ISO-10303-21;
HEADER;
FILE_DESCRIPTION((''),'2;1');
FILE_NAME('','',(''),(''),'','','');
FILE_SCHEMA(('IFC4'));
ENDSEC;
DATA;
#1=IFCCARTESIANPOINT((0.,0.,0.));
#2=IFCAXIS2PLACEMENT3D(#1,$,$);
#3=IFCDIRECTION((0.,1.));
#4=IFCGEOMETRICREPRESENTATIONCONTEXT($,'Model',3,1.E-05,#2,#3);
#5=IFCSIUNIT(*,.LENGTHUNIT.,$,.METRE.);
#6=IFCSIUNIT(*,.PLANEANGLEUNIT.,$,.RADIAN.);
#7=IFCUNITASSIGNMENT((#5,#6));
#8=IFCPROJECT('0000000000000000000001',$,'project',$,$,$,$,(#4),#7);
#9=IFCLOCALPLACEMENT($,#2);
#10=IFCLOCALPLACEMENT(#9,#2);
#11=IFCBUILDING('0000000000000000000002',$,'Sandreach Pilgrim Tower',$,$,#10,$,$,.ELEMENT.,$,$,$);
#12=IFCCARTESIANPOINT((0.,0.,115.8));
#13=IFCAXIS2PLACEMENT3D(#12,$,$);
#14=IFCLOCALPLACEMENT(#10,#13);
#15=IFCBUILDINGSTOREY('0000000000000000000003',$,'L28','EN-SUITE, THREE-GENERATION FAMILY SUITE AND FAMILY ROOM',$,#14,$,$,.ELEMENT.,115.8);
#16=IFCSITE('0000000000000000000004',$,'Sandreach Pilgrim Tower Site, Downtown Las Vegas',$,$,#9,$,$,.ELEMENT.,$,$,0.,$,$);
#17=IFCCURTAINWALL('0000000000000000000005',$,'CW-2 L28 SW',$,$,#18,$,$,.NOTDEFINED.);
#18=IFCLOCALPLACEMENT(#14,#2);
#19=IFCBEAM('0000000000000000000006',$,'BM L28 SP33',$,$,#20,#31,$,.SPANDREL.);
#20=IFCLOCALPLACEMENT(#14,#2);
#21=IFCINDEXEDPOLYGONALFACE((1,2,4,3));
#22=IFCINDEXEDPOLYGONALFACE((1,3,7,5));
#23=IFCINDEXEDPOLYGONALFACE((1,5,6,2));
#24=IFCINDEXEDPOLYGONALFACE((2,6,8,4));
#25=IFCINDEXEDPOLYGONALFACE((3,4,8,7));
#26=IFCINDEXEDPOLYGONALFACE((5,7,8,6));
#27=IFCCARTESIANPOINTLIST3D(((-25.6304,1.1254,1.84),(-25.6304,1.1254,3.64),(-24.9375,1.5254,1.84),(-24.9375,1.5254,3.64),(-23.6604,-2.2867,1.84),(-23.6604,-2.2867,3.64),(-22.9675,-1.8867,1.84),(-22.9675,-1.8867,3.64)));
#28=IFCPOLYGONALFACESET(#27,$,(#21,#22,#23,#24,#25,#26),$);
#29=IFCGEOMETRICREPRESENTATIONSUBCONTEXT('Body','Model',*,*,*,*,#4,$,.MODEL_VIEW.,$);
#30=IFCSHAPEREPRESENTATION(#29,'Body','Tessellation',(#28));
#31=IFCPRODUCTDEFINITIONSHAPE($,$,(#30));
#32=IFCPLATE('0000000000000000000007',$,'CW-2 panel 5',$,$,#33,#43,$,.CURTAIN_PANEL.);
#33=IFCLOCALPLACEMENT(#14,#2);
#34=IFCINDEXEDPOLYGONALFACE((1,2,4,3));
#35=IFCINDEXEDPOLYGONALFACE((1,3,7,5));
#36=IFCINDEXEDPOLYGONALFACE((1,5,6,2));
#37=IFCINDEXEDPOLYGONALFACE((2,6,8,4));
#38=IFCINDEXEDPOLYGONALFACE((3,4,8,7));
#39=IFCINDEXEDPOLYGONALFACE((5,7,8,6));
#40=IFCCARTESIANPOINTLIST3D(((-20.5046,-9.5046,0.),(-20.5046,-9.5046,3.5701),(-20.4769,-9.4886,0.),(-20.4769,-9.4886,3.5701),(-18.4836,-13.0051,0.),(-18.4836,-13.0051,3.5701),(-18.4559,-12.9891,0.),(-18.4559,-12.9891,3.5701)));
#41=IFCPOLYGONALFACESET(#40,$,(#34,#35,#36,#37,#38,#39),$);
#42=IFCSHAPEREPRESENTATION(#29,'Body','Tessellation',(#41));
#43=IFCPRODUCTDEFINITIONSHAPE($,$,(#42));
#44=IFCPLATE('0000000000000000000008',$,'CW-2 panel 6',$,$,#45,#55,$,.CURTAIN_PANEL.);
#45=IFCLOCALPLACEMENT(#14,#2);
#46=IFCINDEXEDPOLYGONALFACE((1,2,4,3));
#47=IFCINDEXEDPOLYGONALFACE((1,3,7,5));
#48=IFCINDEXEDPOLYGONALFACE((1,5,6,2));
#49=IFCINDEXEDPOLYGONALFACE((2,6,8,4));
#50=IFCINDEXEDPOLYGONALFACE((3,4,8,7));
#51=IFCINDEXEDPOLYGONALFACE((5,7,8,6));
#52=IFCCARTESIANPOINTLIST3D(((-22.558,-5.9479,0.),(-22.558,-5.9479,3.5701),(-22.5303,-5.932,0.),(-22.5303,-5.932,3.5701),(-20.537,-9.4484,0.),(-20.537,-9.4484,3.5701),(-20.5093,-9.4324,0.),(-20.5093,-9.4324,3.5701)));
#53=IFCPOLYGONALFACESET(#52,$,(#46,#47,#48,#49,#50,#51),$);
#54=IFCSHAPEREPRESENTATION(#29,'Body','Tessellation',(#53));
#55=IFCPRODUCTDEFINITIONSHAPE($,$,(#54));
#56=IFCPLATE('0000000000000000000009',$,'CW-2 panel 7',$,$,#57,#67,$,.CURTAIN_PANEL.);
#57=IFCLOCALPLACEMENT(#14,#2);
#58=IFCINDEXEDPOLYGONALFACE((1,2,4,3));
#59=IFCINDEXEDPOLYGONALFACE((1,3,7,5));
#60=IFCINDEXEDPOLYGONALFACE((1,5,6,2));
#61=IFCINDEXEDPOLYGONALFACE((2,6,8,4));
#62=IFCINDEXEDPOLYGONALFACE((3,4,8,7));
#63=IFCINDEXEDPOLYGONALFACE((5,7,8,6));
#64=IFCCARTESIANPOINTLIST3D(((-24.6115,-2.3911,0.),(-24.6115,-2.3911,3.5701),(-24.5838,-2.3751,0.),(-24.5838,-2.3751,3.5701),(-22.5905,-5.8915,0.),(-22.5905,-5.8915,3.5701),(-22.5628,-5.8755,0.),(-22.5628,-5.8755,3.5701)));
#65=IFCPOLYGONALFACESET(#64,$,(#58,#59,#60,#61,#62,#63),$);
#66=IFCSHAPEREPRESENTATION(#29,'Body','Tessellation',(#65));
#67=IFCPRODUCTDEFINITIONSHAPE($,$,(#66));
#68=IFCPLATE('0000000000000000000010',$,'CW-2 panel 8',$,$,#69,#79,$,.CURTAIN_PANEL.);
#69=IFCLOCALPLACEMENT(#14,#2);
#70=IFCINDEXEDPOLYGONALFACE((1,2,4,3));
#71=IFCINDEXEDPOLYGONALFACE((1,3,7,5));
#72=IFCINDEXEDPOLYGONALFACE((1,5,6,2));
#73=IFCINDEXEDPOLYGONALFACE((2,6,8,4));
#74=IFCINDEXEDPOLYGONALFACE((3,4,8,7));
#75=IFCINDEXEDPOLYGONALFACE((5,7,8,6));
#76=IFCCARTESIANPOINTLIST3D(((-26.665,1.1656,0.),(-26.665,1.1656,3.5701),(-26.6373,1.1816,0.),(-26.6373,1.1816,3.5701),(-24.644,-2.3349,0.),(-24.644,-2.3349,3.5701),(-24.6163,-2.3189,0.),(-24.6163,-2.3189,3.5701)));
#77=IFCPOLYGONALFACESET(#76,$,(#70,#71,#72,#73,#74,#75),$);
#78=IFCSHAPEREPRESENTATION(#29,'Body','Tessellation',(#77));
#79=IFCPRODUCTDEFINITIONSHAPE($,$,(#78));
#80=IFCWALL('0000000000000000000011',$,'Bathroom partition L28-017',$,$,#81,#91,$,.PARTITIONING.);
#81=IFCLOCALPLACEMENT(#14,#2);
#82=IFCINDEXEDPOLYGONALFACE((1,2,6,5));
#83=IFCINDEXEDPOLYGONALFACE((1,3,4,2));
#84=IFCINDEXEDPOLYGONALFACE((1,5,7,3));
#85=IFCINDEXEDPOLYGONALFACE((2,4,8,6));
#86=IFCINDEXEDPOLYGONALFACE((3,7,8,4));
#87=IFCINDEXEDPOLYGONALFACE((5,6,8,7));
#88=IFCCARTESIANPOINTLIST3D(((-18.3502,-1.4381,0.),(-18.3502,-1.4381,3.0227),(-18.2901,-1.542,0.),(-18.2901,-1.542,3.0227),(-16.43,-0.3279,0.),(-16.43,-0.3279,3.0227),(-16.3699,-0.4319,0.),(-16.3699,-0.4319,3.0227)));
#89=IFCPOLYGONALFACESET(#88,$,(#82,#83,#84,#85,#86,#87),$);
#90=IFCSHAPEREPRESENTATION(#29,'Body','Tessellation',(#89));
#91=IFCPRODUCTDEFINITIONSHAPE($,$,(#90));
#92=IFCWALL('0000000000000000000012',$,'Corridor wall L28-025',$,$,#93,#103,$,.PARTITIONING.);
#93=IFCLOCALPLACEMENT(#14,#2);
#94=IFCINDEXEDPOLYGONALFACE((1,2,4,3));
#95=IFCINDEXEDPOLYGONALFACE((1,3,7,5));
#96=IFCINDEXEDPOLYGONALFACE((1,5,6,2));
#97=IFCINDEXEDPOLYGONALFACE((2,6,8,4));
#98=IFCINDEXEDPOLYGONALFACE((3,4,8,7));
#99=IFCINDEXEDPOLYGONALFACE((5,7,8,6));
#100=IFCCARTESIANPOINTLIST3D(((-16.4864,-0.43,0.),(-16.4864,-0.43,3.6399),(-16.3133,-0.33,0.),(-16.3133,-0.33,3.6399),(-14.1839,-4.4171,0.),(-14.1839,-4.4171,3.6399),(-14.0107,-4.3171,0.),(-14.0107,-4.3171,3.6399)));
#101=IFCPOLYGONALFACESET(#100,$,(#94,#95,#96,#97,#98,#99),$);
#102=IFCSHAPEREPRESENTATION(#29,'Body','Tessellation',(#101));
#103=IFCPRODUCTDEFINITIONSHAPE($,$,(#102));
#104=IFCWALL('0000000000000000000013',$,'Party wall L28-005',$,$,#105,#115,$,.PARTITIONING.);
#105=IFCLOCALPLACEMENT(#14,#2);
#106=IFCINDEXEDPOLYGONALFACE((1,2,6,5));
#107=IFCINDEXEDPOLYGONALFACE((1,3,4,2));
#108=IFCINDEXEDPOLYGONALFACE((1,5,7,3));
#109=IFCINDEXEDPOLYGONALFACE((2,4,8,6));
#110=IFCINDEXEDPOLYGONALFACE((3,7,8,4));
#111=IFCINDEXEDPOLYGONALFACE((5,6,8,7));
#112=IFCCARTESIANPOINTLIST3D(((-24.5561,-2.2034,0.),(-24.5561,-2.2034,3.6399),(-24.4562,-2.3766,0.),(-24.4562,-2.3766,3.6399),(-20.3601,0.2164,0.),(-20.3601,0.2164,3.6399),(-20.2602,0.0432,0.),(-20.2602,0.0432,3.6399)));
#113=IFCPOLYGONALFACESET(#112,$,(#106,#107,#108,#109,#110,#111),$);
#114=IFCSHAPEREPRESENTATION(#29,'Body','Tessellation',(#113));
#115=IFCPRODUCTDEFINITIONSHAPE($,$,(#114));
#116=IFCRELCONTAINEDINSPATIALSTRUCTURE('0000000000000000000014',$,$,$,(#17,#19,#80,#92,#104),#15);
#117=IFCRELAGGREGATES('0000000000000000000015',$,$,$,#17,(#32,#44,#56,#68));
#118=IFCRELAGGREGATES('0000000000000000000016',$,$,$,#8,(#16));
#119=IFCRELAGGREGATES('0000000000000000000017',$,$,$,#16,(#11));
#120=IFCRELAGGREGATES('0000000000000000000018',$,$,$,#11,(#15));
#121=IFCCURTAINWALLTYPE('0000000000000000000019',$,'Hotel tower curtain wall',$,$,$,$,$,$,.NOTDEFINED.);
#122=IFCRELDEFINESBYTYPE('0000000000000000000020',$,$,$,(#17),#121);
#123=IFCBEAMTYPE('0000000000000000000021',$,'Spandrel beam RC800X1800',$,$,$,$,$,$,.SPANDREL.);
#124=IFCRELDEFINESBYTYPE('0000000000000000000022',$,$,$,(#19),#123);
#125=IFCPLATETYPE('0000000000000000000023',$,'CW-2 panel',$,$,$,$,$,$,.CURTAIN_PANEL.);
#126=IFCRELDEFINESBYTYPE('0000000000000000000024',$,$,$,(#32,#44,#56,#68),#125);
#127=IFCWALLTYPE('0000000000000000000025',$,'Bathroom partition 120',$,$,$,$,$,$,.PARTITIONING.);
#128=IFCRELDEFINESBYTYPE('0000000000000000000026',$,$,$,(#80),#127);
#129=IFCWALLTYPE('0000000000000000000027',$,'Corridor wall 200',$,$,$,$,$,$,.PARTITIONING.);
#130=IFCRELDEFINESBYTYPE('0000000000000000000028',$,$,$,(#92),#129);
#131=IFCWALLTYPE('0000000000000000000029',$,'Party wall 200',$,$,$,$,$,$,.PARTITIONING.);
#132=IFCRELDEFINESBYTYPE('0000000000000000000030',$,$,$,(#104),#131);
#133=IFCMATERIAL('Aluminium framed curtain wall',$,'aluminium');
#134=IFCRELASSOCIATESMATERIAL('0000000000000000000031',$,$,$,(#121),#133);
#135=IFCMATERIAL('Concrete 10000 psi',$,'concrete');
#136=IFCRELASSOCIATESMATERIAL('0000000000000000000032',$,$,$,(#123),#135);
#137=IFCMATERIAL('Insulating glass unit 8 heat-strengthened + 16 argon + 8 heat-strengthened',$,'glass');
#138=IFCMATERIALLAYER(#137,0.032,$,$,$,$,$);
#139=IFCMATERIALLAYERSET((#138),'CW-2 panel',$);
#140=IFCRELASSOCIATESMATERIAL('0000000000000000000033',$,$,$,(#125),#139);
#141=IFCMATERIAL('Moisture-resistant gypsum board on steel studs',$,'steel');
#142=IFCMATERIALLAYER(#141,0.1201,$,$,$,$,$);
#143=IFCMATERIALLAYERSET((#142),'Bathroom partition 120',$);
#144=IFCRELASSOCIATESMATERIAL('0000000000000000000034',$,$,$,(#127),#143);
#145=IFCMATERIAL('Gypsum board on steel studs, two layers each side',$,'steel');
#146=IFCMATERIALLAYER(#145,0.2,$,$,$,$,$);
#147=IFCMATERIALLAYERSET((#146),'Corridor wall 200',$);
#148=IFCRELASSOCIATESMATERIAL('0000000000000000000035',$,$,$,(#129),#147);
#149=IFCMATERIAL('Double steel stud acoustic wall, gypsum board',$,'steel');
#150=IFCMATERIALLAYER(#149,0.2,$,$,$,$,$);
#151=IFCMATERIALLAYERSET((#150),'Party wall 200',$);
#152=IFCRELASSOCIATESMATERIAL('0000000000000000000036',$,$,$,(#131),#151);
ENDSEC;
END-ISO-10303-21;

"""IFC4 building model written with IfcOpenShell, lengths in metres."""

from ifc_helpers import new_model, si_unit, direction, frame, frame_2d, origin, origin_2d, place, context, subcontext, project, spatial, rectangle, extrude, material, layer, layer_set, material_profile, profile_set, type_object, element, aggregate, save


model = new_model("IFC4")

# Units and contexts
model_context = context("Model", 3, precision=1e-05, world=origin(), true_north=direction((0.0, 1.0)))
body_context = subcontext(model_context, "Body", "Model", "MODEL_VIEW")
ifc_project = project(units=[si_unit("LENGTHUNIT", "METRE"), si_unit("PLANEANGLEUNIT", "RADIAN")], contexts=[model_context])

# Site, building, storey
site_placement = place(None, origin())
site = spatial("IfcSite", under=ifc_project, at=site_placement, Name="Sandreach Pilgrim Tower Site, Downtown Las Vegas", CompositionType="ELEMENT", RefElevation=0.0)
building_placement = place(site_placement, origin())
building = spatial("IfcBuilding", under=site, at=building_placement, Name="Sandreach Pilgrim Tower", CompositionType="ELEMENT")
storey_placement = place(building_placement, frame((0.0, 0.0, 115.8)))
storey = spatial("IfcBuildingStorey", under=building, at=storey_placement, Name="L28", Description="EN-SUITE, THREE-GENERATION FAMILY SUITE AND FAMILY ROOM", CompositionType="ELEMENT", Elevation=115.8)

# Curtain wall
ifc_material_1 = material(Name="Aluminium framed curtain wall", Category="aluminium")
curtain_wall_type = type_object("IfcCurtainWallType", Name="Hotel tower curtain wall", PredefinedType="NOTDEFINED", material=ifc_material_1)
curtain_wall_placement = place(storey_placement, origin())
curtain_wall = element("IfcCurtainWall", 1, at=curtain_wall_placement, inside=storey, type_object=curtain_wall_type, Name="CW-2 L28 SW", PredefinedType="NOTDEFINED")

# Beam
ifc_material_2 = material(Name="Concrete 10000 psi", Category="concrete")
ifc_material_profile_1 = material_profile(ifc_material_2, rectangle(XDim=0.8, YDim=1.8, at=origin_2d()), Name="RC800X1800")
ifc_profile_set_1 = profile_set([ifc_material_profile_1], Name="Concrete 10000 psi")
beam_type_1 = type_object("IfcBeamType", Name="Spandrel beam RC800X1800", PredefinedType="SPANDREL", material=ifc_profile_set_1)
for number, where, z_axis, x_axis, name in (
    (2, (-23.314, -2.0867, 2.74), (-0.499998, 0.866027, 0.0), (-0.866027, -0.499998, 0.0), "BM L28 SP33"),
):
    element("IfcBeam", number, at=place(storey_placement, frame(where, z_axis=z_axis, x_axis=x_axis)), inside=storey, type_object=beam_type_1, Name=name, PredefinedType="SPANDREL", context=body_context, shape_type="SweptSolid", body=[
        extrude(rectangle(XDim=0.8, YDim=1.8, at=origin_2d()), origin(), (0.0, 0.0, 1.0), 3.9399),
    ])

# Plates
ifc_material_3 = material(Name="Insulating glass unit 8 heat-strengthened + 16 argon + 8 heat-strengthened", Category="glass")
ifc_layer_1 = layer(ifc_material_3, 0.032)
ifc_layer_set_1 = layer_set([ifc_layer_1], Name="CW-2 panel")
plate_type = type_object("IfcPlateType", Name="CW-2 panel", PredefinedType="CURTAIN_PANEL", material=ifc_layer_set_1)
plate_1_placement = place(storey_placement, frame((-19.4802, -11.2468, 0.0), z_axis=(0.0, 0.0, 1.0), x_axis=(-0.5, 0.866025, 0.0)))
plate_1 = element("IfcPlate", 3, at=plate_1_placement, type_object=plate_type, Name="CW-2 panel 5", PredefinedType="CURTAIN_PANEL", context=body_context, shape_type="SweptSolid", body=[
    extrude(rectangle(XDim=4.042, YDim=0.032, at=origin_2d()), origin(), (0.0, 0.0, 1.0), 3.5701),
])
plate_2_placement = place(storey_placement, frame((-21.5337, -7.6902, 0.0), z_axis=(0.0, 0.0, 1.0), x_axis=(-0.5, 0.866025, 0.0)))
plate_2 = element("IfcPlate", 4, at=plate_2_placement, type_object=plate_type, Name="CW-2 panel 6", PredefinedType="CURTAIN_PANEL", context=body_context, shape_type="SweptSolid", body=[
    extrude(rectangle(XDim=4.042, YDim=0.032, at=origin_2d()), origin(), (0.0, 0.0, 1.0), 3.5701),
])
plate_3_placement = place(storey_placement, frame((-23.5872, -4.1333, 0.0), z_axis=(0.0, 0.0, 1.0), x_axis=(-0.5, 0.866025, 0.0)))
plate_3 = element("IfcPlate", 5, at=plate_3_placement, type_object=plate_type, Name="CW-2 panel 7", PredefinedType="CURTAIN_PANEL", context=body_context, shape_type="SweptSolid", body=[
    extrude(rectangle(XDim=4.042, YDim=0.032, at=origin_2d()), origin(), (0.0, 0.0, 1.0), 3.5701),
])
plate_4_placement = place(storey_placement, frame((-25.6406, -0.5767, 0.0), z_axis=(0.0, 0.0, 1.0), x_axis=(-0.5, 0.866025, 0.0)))
plate_4 = element("IfcPlate", 6, at=plate_4_placement, type_object=plate_type, Name="CW-2 panel 8", PredefinedType="CURTAIN_PANEL", context=body_context, shape_type="SweptSolid", body=[
    extrude(rectangle(XDim=4.042, YDim=0.032, at=origin_2d()), origin(), (0.0, 0.0, 1.0), 3.5701),
])
aggregate(curtain_wall, [plate_1, plate_2, plate_3, plate_4])

# Wall
ifc_material_4 = material(Name="Moisture-resistant gypsum board on steel studs", Category="steel")
ifc_layer_2 = layer(ifc_material_4, 0.1201)
ifc_layer_set_2 = layer_set([ifc_layer_2], Name="Bathroom partition 120")
wall_type_1 = type_object("IfcWallType", Name="Bathroom partition 120", PredefinedType="PARTITIONING", material=ifc_layer_set_2)
wall_1_placement = place(storey_placement, frame((-18.3201, -1.49, 0.0), z_axis=(0.0, 0.0, 1.0), x_axis=(0.865733, 0.500507, 0.0)))
element("IfcWall", 7, at=wall_1_placement, inside=storey, type_object=wall_type_1, Name="Bathroom partition L28-017", PredefinedType="PARTITIONING", context=body_context, shape_type="SweptSolid", body=[
    extrude(rectangle(XDim=2.218, YDim=0.1201, at=frame_2d((1.1089, 0.0))), origin(), (0.0, 0.0, 1.0), 3.0227),
])

# Shared definitions
ifc_material_5 = material(Name="Gypsum board on steel studs, two layers each side", Category="steel")
ifc_layer_3 = layer(ifc_material_5, 0.2)
ifc_layer_set_3 = layer_set([ifc_layer_3], Name="Corridor wall 200")
wall_type_2 = type_object("IfcWallType", Name="Corridor wall 200", PredefinedType="PARTITIONING", material=ifc_layer_set_3)

# Walls
wall_2_placement = place(storey_placement, frame((-16.3999, -0.3799, 0.0), z_axis=(0.0, 0.0, 1.0), x_axis=(0.500091, -0.865973, 0.0)))
element("IfcWall", 8, at=wall_2_placement, inside=storey, type_object=wall_type_2, Name="Corridor wall L28-025", PredefinedType="PARTITIONING", context=body_context, shape_type="SweptSolid", body=[
    extrude(rectangle(XDim=4.6042, YDim=0.2, at=frame_2d((2.3022, 0.0))), origin(), (0.0, 0.0, 1.0), 3.6399),
])
ifc_material_6 = material(Name="Double steel stud acoustic wall, gypsum board", Category="steel")
ifc_layer_4 = layer(ifc_material_6, 0.2)
ifc_layer_set_4 = layer_set([ifc_layer_4], Name="Party wall 200")
wall_type_3 = type_object("IfcWallType", Name="Party wall 200", PredefinedType="PARTITIONING", material=ifc_layer_set_4)
wall_3_placement = place(storey_placement, frame((-24.5061, -2.29, 0.0), z_axis=(0.0, 0.0, 1.0), x_axis=(0.866264, 0.499587, 0.0)))
element("IfcWall", 9, at=wall_3_placement, inside=storey, type_object=wall_type_3, Name="Party wall L28-005", PredefinedType="PARTITIONING", context=body_context, shape_type="SweptSolid", body=[
    extrude(rectangle(XDim=4.8438, YDim=0.2, at=frame_2d((2.4219, 0.0))), origin(), (0.0, 0.0, 1.0), 3.6399),
])

save(model, "model.ifc")
